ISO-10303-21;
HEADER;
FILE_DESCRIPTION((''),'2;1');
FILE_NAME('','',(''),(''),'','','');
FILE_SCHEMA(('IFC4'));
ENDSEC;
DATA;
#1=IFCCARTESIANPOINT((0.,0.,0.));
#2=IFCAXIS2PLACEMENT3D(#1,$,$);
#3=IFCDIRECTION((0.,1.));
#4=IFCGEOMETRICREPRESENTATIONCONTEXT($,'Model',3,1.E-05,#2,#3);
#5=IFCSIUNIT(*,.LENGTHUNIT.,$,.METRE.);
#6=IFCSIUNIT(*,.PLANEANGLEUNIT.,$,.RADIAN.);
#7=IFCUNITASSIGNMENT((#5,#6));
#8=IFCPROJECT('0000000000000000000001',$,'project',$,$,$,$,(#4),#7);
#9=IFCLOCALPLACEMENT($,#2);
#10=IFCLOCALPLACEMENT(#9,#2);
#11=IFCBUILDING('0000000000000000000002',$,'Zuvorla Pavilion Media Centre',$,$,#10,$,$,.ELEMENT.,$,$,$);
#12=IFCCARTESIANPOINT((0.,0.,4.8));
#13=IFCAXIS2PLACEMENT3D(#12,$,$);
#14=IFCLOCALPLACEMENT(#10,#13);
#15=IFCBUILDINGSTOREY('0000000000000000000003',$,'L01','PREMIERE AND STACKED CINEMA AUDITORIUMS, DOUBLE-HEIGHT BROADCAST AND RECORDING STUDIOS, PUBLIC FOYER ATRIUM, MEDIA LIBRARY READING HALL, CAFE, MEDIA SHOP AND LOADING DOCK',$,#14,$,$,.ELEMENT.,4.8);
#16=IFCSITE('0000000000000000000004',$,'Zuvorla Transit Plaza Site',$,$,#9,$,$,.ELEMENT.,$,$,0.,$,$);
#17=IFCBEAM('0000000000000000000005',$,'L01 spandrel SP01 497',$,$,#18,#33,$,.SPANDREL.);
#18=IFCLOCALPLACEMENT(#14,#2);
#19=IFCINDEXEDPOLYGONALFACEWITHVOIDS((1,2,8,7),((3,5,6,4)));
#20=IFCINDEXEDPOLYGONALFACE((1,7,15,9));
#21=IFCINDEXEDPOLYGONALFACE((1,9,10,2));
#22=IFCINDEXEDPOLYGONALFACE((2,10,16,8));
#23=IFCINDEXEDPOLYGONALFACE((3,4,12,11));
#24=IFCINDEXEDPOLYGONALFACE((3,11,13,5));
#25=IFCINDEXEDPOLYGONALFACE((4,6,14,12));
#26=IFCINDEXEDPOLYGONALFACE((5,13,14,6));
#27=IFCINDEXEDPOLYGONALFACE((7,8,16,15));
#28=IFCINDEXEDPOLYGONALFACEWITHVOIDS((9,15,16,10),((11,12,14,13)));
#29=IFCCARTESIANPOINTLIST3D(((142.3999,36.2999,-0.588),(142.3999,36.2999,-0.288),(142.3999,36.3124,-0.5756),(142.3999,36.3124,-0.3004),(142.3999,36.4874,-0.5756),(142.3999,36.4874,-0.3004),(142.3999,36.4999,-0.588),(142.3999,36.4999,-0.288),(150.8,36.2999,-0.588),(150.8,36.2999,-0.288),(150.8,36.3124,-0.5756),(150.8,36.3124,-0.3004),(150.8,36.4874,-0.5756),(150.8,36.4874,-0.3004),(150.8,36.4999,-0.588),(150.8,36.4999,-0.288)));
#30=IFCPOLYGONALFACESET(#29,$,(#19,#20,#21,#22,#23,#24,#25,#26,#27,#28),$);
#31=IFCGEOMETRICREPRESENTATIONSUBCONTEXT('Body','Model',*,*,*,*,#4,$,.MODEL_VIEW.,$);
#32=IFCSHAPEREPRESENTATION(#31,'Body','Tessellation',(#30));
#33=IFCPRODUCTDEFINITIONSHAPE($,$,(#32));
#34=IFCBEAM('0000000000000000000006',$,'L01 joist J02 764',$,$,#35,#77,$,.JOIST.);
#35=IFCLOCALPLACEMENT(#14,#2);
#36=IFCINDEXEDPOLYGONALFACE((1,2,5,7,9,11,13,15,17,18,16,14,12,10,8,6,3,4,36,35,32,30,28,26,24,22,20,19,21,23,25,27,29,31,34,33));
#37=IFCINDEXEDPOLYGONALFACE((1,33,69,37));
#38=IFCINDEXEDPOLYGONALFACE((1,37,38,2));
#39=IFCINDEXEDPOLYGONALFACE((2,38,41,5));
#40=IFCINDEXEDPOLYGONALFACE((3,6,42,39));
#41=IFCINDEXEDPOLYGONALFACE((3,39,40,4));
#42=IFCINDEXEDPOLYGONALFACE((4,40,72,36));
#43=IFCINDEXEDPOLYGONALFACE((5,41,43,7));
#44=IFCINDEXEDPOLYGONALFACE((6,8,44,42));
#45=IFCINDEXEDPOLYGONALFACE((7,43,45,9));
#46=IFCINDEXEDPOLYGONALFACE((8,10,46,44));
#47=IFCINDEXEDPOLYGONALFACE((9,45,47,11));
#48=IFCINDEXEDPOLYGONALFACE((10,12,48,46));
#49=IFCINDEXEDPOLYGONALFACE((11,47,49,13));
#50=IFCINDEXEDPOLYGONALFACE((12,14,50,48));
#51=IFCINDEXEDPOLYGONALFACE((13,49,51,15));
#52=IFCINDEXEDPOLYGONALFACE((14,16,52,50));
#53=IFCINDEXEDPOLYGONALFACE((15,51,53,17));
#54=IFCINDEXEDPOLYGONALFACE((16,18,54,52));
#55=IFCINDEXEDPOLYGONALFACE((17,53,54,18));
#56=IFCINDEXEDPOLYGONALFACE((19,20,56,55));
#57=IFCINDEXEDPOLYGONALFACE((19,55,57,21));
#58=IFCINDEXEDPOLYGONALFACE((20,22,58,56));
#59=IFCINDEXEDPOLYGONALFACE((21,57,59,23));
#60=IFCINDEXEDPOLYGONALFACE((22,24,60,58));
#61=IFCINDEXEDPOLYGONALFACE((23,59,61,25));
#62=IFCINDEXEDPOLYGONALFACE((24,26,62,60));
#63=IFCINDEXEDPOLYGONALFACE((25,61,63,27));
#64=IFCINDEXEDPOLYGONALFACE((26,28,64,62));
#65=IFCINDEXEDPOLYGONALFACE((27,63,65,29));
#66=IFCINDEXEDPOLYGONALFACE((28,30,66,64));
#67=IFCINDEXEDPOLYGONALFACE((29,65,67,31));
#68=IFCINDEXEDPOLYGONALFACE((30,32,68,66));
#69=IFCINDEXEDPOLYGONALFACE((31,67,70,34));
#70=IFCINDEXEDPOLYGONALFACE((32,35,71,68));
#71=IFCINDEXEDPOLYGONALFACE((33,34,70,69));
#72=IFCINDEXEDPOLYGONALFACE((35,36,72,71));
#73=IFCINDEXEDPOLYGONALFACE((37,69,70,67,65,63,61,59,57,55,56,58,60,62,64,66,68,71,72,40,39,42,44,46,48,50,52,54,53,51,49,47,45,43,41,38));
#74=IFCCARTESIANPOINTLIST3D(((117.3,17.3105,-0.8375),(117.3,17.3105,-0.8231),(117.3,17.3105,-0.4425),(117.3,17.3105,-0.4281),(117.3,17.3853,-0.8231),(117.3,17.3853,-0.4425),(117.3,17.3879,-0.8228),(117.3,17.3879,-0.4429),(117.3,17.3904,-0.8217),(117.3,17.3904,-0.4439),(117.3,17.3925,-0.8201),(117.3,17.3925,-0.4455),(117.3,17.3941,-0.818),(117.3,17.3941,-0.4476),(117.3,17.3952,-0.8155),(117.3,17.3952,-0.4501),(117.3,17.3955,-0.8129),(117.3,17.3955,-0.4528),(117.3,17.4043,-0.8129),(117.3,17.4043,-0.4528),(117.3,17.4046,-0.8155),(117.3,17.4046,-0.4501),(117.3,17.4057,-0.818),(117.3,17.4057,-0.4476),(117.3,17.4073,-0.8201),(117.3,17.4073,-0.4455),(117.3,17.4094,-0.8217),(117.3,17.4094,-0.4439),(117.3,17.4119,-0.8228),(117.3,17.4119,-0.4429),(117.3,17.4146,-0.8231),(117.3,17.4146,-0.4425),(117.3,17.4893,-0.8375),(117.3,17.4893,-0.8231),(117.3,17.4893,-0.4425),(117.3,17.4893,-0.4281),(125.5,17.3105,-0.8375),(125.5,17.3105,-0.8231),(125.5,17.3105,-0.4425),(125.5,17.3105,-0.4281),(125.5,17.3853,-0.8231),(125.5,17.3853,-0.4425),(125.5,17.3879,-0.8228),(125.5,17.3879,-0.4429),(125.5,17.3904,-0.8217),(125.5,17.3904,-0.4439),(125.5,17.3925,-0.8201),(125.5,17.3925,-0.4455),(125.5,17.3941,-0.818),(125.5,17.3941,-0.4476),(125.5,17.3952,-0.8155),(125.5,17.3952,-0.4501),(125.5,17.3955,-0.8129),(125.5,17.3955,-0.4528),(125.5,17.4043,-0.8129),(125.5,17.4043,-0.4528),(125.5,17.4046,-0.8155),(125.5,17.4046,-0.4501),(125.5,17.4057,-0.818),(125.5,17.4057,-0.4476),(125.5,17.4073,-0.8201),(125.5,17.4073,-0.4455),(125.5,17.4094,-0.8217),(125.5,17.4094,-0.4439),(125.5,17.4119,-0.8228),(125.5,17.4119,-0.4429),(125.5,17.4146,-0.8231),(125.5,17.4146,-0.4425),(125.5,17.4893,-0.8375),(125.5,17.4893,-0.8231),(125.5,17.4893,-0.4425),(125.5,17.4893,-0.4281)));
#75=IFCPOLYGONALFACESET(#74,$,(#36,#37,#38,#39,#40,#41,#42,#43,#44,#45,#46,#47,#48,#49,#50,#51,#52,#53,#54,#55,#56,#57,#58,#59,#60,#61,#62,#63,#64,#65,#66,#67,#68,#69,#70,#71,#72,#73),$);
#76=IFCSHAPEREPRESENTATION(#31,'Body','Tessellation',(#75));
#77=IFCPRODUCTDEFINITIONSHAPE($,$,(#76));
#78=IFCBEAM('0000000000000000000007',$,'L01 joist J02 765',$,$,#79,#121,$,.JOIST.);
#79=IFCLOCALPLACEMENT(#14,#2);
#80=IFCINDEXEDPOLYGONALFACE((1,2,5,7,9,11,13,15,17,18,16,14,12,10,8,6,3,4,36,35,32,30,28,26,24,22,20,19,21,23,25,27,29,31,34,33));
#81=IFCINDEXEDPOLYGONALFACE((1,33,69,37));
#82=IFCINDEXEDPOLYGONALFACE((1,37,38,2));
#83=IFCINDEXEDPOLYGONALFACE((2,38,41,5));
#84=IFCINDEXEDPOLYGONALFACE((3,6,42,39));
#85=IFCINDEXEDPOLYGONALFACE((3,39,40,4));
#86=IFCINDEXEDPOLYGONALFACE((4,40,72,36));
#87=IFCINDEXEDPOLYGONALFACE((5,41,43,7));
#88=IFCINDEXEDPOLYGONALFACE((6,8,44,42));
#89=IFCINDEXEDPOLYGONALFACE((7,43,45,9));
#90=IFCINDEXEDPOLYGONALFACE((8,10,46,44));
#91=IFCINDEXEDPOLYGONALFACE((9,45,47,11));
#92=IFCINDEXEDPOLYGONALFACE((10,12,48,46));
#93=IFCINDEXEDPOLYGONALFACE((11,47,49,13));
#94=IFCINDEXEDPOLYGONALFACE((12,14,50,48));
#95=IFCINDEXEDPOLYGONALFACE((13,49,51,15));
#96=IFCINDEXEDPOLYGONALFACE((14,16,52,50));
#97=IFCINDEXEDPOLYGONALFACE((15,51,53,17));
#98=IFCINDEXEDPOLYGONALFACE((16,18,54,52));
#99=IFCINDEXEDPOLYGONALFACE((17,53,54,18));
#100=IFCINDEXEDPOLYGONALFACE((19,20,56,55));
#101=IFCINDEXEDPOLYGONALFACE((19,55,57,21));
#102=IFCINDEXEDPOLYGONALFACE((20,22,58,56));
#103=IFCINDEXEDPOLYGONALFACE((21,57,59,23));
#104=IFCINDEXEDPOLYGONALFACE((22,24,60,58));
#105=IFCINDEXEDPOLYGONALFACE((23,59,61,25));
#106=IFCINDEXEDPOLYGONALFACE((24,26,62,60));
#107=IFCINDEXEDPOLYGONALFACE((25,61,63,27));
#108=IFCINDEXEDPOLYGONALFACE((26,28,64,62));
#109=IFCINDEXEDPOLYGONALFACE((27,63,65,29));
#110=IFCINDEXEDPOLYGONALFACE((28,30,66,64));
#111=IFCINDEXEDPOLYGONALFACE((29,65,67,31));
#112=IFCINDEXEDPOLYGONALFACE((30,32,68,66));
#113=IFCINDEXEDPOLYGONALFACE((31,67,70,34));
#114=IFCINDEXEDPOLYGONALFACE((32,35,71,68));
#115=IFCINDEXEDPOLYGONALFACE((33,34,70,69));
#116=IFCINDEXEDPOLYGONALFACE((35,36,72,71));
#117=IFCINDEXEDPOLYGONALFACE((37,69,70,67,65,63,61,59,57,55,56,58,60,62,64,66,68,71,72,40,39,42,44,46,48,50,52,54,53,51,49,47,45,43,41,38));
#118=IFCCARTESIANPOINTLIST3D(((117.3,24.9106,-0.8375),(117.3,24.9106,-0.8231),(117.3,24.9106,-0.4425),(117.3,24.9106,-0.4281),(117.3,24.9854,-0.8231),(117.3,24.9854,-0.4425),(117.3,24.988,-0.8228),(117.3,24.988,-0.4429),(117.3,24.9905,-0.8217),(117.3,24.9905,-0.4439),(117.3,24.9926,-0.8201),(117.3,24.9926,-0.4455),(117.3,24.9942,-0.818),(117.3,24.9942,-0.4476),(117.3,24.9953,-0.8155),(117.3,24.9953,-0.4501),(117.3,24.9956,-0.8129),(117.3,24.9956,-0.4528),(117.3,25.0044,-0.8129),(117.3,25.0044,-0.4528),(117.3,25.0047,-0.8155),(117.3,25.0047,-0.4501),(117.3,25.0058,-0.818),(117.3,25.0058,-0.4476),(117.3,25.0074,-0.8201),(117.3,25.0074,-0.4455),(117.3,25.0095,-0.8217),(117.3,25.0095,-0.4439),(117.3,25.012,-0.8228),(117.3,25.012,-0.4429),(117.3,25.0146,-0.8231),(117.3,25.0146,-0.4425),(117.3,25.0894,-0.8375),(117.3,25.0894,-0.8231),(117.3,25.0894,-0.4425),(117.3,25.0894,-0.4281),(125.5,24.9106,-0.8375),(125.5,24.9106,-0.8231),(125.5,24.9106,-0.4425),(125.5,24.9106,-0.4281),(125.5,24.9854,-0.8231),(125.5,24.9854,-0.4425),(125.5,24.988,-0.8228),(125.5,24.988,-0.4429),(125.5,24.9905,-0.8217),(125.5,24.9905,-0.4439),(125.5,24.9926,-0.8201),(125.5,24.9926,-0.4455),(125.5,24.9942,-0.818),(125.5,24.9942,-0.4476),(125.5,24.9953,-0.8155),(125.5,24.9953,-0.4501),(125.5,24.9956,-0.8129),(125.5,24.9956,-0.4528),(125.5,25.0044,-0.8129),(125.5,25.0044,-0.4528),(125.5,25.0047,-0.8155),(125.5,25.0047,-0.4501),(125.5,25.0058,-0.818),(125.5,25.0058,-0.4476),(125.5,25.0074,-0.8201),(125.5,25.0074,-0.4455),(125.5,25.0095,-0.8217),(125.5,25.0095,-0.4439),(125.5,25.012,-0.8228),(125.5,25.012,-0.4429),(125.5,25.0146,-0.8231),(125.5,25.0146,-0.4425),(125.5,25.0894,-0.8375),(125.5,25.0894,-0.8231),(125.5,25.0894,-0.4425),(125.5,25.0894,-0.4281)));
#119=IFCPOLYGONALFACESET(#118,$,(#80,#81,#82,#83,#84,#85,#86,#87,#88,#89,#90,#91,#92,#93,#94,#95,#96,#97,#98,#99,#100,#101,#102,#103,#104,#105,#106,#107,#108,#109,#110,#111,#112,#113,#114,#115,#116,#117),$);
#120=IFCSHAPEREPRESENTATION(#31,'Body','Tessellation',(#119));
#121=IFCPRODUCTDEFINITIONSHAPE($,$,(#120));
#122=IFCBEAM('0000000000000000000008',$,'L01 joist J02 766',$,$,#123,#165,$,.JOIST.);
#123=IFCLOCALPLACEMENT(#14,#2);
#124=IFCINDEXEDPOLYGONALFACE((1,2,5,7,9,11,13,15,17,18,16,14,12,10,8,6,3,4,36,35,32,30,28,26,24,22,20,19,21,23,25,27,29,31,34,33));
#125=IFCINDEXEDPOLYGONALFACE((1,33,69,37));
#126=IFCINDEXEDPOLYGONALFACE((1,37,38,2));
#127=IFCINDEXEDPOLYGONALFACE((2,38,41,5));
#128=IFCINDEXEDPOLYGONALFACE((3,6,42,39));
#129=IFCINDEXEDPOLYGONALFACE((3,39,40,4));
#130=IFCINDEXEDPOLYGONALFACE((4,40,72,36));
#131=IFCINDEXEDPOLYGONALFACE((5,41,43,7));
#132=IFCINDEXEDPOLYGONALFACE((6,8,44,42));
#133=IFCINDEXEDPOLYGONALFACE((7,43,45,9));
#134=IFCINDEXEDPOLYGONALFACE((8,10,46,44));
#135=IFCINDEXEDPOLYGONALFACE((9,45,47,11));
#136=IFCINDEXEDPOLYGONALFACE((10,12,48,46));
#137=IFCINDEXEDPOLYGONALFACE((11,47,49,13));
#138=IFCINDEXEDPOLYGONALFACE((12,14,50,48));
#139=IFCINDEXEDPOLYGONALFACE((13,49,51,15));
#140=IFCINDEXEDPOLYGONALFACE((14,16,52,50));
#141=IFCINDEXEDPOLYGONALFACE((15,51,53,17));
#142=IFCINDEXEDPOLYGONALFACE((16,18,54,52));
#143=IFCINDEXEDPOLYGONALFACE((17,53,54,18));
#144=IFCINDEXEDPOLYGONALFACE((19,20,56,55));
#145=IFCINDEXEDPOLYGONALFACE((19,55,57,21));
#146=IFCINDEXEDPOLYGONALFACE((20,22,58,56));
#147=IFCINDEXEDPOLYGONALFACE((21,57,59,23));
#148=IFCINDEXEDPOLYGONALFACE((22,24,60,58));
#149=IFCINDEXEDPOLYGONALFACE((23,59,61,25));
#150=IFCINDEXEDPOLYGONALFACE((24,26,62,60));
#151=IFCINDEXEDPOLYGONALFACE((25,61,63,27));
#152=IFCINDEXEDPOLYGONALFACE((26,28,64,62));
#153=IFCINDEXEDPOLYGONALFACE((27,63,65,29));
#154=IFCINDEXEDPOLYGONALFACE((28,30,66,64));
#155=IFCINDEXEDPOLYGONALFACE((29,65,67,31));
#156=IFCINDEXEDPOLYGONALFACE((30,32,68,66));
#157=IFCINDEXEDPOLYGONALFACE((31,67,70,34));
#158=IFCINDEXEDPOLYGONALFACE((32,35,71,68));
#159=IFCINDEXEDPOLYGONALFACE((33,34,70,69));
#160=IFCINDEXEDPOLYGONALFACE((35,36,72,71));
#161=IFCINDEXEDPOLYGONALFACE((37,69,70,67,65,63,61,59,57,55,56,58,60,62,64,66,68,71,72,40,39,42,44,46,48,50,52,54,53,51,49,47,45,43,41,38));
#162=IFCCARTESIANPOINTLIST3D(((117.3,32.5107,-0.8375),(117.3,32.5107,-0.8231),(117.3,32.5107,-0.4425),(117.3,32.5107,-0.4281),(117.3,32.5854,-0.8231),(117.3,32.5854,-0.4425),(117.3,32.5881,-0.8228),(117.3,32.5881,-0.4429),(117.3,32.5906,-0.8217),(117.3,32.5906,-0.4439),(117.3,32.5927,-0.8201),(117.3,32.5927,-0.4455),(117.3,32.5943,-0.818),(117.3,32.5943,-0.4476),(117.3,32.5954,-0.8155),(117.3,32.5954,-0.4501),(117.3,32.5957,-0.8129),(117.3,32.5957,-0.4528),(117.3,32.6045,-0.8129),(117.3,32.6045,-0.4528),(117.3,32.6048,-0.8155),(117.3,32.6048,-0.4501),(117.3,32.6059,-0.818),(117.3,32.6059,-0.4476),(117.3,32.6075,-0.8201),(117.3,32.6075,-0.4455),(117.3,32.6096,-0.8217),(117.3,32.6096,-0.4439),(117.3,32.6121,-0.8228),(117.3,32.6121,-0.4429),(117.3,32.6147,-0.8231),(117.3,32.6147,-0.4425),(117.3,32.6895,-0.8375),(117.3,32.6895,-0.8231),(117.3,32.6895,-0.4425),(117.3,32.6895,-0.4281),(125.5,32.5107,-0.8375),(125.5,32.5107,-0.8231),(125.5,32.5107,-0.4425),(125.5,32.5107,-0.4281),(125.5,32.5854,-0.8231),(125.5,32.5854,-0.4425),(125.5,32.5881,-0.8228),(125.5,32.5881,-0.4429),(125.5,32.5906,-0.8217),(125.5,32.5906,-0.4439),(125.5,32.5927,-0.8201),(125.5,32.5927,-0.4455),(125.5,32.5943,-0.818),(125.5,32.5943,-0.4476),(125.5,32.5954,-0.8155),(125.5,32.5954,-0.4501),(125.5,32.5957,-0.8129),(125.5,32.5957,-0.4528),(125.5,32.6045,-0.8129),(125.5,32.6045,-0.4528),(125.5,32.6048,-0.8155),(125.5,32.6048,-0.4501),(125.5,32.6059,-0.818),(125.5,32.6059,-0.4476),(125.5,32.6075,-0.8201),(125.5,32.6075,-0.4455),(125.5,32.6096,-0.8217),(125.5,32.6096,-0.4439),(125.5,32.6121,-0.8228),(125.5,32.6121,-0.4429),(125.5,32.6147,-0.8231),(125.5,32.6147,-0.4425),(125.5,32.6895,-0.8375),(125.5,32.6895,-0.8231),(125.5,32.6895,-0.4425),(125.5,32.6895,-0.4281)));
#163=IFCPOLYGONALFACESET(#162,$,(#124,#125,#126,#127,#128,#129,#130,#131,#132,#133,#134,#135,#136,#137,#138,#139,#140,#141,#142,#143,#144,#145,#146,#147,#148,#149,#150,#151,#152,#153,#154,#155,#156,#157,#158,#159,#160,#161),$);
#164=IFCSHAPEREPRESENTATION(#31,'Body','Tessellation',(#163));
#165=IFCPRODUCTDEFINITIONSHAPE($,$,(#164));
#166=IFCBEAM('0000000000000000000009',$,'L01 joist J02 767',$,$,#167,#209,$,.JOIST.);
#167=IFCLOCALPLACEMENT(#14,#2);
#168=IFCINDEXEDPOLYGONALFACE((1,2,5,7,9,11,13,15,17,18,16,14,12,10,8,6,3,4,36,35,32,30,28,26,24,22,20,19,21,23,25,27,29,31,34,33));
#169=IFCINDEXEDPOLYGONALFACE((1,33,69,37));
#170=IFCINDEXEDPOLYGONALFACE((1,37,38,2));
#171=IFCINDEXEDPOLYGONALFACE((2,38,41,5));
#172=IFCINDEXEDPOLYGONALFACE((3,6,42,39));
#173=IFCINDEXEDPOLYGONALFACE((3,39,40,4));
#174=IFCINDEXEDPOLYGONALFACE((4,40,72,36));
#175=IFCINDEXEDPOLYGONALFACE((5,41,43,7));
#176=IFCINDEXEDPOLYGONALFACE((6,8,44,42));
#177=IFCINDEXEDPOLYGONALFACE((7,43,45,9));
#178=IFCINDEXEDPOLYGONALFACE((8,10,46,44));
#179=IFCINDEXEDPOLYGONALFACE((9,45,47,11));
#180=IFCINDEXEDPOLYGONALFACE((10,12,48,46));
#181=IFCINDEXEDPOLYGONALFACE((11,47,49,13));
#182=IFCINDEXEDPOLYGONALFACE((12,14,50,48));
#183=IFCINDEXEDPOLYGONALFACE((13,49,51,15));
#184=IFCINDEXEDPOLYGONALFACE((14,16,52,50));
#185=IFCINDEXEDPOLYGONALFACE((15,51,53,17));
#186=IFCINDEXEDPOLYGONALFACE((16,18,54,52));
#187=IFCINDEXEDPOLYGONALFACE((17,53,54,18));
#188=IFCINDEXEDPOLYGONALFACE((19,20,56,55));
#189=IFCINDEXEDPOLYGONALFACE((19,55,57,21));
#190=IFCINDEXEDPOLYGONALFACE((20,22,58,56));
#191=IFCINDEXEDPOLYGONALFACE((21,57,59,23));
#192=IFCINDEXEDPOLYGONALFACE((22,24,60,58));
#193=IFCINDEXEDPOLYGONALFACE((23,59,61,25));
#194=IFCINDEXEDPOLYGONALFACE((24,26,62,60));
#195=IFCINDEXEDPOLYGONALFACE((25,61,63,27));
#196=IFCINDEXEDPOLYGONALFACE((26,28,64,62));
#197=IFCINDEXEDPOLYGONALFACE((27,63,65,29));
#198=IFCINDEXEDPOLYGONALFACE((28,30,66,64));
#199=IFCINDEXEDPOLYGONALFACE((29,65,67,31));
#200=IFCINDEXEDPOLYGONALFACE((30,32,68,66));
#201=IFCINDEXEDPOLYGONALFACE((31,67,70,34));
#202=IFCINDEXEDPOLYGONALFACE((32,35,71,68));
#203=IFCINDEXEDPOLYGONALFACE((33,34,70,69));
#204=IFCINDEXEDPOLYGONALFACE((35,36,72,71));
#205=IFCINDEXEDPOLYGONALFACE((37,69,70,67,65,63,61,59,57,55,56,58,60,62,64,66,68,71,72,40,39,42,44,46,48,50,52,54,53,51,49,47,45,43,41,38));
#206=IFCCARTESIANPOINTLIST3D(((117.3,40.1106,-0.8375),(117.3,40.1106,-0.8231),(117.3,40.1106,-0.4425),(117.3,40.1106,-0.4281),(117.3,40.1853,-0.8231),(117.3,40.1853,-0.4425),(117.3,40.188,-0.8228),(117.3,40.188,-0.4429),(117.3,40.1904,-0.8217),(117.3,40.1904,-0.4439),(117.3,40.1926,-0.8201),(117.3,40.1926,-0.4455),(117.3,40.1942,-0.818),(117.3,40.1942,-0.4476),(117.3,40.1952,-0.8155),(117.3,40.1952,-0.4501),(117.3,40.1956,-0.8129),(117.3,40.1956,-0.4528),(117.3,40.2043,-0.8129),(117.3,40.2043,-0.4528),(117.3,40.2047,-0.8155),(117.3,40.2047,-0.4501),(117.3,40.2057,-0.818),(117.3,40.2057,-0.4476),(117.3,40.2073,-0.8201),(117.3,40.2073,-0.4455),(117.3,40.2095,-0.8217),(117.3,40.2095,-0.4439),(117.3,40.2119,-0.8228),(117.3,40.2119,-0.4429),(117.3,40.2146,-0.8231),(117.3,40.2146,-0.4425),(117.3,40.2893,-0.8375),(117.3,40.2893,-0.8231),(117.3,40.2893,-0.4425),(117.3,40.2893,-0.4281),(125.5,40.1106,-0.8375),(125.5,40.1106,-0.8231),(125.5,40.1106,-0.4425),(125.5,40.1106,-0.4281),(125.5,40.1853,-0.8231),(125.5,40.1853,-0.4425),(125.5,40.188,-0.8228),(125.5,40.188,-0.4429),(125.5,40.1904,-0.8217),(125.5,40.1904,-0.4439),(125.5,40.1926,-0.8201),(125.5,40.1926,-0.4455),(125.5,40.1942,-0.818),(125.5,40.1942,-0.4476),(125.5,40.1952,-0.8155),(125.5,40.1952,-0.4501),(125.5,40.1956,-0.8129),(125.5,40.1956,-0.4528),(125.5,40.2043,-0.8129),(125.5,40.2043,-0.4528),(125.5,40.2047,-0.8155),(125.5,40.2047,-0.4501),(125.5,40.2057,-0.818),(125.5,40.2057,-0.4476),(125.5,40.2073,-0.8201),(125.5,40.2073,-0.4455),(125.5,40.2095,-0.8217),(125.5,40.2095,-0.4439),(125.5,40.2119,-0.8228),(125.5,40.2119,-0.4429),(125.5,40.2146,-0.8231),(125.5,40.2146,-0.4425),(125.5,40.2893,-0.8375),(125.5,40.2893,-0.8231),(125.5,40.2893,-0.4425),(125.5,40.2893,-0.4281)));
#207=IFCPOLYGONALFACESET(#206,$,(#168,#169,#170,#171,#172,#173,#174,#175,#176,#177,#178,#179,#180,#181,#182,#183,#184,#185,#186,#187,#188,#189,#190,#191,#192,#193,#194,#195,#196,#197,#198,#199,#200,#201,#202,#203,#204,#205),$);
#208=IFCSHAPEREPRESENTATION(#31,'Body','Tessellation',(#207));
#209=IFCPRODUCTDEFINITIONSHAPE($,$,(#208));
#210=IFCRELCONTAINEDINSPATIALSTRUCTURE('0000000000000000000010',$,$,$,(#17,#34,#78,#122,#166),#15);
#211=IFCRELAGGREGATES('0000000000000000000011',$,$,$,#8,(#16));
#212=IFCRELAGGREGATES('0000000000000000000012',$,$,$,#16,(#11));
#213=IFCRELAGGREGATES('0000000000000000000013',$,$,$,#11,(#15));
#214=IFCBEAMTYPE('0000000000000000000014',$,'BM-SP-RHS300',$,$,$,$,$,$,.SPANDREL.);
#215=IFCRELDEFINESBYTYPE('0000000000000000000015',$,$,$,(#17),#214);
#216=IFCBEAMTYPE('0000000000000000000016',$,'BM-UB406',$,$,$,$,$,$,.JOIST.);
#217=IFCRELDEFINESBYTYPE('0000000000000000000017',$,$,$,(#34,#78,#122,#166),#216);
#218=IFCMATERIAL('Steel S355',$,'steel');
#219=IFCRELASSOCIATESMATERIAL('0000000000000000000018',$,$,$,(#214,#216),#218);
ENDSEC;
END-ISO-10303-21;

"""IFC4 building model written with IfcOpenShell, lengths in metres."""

from ifc_helpers import new_model, si_unit, direction, frame, origin, origin_2d, place, context, subcontext, project, spatial, hollow_rectangle, i_section, extrude, material, material_profile, profile_set, type_object, element, save


model = new_model("IFC4")

# Units and contexts
model_context = context("Model", 3, precision=1e-05, world=origin(), true_north=direction((0.0, 1.0)))
body_context = subcontext(model_context, "Body", "Model", "MODEL_VIEW")
ifc_project = project(units=[si_unit("LENGTHUNIT", "METRE"), si_unit("PLANEANGLEUNIT", "RADIAN")], contexts=[model_context])

# Site, building, storey
site_placement = place(None, origin())
site = spatial("IfcSite", under=ifc_project, at=site_placement, Name="Zuvorla Transit Plaza Site", CompositionType="ELEMENT", RefElevation=0.0)
building_placement = place(site_placement, origin())
building = spatial("IfcBuilding", under=site, at=building_placement, Name="Zuvorla Pavilion Media Centre", CompositionType="ELEMENT")
storey_placement = place(building_placement, frame((0.0, 0.0, 4.8)))
storey = spatial("IfcBuildingStorey", under=building, at=storey_placement, Name="L01", Description="PREMIERE AND STACKED CINEMA AUDITORIUMS, DOUBLE-HEIGHT BROADCAST AND RECORDING STUDIOS, PUBLIC FOYER ATRIUM, MEDIA LIBRARY READING HALL, CAFE, MEDIA SHOP AND LOADING DOCK", CompositionType="ELEMENT", Elevation=4.8)

# Shared definitions
ifc_material_1 = material(Name="Steel S355", Category="steel")

# Beams
ifc_material_profile_1 = material_profile(ifc_material_1, hollow_rectangle(XDim=0.2, YDim=0.3, WallThickness=0.0125, at=origin_2d()), Name="RHS 300x200x12.5")
ifc_profile_set_1 = profile_set([ifc_material_profile_1], Name="Steel S355")
beam_type_1 = type_object("IfcBeamType", Name="BM-SP-RHS300", PredefinedType="SPANDREL", material=ifc_profile_set_1)
beam_1_placement = place(storey_placement, frame((142.3999, 36.3999, -0.438), z_axis=(1.0, 0.0, 0.0), x_axis=(0.0, 1.0, 0.0)))
element("IfcBeam", 1, at=beam_1_placement, inside=storey, type_object=beam_type_1, Name="L01 spandrel SP01 497", PredefinedType="SPANDREL", context=body_context, shape_type="SweptSolid", body=[
    extrude(hollow_rectangle(XDim=0.2, YDim=0.3, WallThickness=0.0125, at=origin_2d()), origin(), (0.0, 0.0, 1.0), 8.4001),
])
ifc_material_profile_2 = material_profile(ifc_material_1, i_section(OverallWidth=0.1787, OverallDepth=0.4094, WebThickness=0.0088, FlangeThickness=0.0144, FilletRadius=0.0103, at=origin_2d()), Name="UB 406x178x67")
ifc_profile_set_2 = profile_set([ifc_material_profile_2], Name="Steel S355")
beam_type_2 = type_object("IfcBeamType", Name="BM-UB406", PredefinedType="JOIST", material=ifc_profile_set_2)
for number, where, z_axis, x_axis, name in (
    (2, (117.3, 17.3999, -0.6328), (1.0, 0.0, 0.0), (0.0, 1.0, 0.0), "L01 joist J02 764"),
    (3, (117.3, 25.0, -0.6328), (1.0, 0.0, 0.0), (0.0, 1.0, 0.0), "L01 joist J02 765"),
    (4, (117.3, 32.6001, -0.6328), (1.0, 0.0, 0.0), (0.0, 1.0, 0.0), "L01 joist J02 766"),
    (5, (117.3, 40.2, -0.6328), (1.0, 0.0, 0.0), (0.0, 1.0, 0.0), "L01 joist J02 767"),
):
    element("IfcBeam", number, at=place(storey_placement, frame(where, z_axis=z_axis, x_axis=x_axis)), inside=storey, type_object=beam_type_2, Name=name, PredefinedType="JOIST", context=body_context, shape_type="SweptSolid", body=[
        extrude(i_section(OverallWidth=0.1787, OverallDepth=0.4094, WebThickness=0.0088, FlangeThickness=0.0144, FilletRadius=0.0103, at=origin_2d()), origin(), (0.0, 0.0, 1.0), 8.2),
    ])

save(model, "model.ifc")
